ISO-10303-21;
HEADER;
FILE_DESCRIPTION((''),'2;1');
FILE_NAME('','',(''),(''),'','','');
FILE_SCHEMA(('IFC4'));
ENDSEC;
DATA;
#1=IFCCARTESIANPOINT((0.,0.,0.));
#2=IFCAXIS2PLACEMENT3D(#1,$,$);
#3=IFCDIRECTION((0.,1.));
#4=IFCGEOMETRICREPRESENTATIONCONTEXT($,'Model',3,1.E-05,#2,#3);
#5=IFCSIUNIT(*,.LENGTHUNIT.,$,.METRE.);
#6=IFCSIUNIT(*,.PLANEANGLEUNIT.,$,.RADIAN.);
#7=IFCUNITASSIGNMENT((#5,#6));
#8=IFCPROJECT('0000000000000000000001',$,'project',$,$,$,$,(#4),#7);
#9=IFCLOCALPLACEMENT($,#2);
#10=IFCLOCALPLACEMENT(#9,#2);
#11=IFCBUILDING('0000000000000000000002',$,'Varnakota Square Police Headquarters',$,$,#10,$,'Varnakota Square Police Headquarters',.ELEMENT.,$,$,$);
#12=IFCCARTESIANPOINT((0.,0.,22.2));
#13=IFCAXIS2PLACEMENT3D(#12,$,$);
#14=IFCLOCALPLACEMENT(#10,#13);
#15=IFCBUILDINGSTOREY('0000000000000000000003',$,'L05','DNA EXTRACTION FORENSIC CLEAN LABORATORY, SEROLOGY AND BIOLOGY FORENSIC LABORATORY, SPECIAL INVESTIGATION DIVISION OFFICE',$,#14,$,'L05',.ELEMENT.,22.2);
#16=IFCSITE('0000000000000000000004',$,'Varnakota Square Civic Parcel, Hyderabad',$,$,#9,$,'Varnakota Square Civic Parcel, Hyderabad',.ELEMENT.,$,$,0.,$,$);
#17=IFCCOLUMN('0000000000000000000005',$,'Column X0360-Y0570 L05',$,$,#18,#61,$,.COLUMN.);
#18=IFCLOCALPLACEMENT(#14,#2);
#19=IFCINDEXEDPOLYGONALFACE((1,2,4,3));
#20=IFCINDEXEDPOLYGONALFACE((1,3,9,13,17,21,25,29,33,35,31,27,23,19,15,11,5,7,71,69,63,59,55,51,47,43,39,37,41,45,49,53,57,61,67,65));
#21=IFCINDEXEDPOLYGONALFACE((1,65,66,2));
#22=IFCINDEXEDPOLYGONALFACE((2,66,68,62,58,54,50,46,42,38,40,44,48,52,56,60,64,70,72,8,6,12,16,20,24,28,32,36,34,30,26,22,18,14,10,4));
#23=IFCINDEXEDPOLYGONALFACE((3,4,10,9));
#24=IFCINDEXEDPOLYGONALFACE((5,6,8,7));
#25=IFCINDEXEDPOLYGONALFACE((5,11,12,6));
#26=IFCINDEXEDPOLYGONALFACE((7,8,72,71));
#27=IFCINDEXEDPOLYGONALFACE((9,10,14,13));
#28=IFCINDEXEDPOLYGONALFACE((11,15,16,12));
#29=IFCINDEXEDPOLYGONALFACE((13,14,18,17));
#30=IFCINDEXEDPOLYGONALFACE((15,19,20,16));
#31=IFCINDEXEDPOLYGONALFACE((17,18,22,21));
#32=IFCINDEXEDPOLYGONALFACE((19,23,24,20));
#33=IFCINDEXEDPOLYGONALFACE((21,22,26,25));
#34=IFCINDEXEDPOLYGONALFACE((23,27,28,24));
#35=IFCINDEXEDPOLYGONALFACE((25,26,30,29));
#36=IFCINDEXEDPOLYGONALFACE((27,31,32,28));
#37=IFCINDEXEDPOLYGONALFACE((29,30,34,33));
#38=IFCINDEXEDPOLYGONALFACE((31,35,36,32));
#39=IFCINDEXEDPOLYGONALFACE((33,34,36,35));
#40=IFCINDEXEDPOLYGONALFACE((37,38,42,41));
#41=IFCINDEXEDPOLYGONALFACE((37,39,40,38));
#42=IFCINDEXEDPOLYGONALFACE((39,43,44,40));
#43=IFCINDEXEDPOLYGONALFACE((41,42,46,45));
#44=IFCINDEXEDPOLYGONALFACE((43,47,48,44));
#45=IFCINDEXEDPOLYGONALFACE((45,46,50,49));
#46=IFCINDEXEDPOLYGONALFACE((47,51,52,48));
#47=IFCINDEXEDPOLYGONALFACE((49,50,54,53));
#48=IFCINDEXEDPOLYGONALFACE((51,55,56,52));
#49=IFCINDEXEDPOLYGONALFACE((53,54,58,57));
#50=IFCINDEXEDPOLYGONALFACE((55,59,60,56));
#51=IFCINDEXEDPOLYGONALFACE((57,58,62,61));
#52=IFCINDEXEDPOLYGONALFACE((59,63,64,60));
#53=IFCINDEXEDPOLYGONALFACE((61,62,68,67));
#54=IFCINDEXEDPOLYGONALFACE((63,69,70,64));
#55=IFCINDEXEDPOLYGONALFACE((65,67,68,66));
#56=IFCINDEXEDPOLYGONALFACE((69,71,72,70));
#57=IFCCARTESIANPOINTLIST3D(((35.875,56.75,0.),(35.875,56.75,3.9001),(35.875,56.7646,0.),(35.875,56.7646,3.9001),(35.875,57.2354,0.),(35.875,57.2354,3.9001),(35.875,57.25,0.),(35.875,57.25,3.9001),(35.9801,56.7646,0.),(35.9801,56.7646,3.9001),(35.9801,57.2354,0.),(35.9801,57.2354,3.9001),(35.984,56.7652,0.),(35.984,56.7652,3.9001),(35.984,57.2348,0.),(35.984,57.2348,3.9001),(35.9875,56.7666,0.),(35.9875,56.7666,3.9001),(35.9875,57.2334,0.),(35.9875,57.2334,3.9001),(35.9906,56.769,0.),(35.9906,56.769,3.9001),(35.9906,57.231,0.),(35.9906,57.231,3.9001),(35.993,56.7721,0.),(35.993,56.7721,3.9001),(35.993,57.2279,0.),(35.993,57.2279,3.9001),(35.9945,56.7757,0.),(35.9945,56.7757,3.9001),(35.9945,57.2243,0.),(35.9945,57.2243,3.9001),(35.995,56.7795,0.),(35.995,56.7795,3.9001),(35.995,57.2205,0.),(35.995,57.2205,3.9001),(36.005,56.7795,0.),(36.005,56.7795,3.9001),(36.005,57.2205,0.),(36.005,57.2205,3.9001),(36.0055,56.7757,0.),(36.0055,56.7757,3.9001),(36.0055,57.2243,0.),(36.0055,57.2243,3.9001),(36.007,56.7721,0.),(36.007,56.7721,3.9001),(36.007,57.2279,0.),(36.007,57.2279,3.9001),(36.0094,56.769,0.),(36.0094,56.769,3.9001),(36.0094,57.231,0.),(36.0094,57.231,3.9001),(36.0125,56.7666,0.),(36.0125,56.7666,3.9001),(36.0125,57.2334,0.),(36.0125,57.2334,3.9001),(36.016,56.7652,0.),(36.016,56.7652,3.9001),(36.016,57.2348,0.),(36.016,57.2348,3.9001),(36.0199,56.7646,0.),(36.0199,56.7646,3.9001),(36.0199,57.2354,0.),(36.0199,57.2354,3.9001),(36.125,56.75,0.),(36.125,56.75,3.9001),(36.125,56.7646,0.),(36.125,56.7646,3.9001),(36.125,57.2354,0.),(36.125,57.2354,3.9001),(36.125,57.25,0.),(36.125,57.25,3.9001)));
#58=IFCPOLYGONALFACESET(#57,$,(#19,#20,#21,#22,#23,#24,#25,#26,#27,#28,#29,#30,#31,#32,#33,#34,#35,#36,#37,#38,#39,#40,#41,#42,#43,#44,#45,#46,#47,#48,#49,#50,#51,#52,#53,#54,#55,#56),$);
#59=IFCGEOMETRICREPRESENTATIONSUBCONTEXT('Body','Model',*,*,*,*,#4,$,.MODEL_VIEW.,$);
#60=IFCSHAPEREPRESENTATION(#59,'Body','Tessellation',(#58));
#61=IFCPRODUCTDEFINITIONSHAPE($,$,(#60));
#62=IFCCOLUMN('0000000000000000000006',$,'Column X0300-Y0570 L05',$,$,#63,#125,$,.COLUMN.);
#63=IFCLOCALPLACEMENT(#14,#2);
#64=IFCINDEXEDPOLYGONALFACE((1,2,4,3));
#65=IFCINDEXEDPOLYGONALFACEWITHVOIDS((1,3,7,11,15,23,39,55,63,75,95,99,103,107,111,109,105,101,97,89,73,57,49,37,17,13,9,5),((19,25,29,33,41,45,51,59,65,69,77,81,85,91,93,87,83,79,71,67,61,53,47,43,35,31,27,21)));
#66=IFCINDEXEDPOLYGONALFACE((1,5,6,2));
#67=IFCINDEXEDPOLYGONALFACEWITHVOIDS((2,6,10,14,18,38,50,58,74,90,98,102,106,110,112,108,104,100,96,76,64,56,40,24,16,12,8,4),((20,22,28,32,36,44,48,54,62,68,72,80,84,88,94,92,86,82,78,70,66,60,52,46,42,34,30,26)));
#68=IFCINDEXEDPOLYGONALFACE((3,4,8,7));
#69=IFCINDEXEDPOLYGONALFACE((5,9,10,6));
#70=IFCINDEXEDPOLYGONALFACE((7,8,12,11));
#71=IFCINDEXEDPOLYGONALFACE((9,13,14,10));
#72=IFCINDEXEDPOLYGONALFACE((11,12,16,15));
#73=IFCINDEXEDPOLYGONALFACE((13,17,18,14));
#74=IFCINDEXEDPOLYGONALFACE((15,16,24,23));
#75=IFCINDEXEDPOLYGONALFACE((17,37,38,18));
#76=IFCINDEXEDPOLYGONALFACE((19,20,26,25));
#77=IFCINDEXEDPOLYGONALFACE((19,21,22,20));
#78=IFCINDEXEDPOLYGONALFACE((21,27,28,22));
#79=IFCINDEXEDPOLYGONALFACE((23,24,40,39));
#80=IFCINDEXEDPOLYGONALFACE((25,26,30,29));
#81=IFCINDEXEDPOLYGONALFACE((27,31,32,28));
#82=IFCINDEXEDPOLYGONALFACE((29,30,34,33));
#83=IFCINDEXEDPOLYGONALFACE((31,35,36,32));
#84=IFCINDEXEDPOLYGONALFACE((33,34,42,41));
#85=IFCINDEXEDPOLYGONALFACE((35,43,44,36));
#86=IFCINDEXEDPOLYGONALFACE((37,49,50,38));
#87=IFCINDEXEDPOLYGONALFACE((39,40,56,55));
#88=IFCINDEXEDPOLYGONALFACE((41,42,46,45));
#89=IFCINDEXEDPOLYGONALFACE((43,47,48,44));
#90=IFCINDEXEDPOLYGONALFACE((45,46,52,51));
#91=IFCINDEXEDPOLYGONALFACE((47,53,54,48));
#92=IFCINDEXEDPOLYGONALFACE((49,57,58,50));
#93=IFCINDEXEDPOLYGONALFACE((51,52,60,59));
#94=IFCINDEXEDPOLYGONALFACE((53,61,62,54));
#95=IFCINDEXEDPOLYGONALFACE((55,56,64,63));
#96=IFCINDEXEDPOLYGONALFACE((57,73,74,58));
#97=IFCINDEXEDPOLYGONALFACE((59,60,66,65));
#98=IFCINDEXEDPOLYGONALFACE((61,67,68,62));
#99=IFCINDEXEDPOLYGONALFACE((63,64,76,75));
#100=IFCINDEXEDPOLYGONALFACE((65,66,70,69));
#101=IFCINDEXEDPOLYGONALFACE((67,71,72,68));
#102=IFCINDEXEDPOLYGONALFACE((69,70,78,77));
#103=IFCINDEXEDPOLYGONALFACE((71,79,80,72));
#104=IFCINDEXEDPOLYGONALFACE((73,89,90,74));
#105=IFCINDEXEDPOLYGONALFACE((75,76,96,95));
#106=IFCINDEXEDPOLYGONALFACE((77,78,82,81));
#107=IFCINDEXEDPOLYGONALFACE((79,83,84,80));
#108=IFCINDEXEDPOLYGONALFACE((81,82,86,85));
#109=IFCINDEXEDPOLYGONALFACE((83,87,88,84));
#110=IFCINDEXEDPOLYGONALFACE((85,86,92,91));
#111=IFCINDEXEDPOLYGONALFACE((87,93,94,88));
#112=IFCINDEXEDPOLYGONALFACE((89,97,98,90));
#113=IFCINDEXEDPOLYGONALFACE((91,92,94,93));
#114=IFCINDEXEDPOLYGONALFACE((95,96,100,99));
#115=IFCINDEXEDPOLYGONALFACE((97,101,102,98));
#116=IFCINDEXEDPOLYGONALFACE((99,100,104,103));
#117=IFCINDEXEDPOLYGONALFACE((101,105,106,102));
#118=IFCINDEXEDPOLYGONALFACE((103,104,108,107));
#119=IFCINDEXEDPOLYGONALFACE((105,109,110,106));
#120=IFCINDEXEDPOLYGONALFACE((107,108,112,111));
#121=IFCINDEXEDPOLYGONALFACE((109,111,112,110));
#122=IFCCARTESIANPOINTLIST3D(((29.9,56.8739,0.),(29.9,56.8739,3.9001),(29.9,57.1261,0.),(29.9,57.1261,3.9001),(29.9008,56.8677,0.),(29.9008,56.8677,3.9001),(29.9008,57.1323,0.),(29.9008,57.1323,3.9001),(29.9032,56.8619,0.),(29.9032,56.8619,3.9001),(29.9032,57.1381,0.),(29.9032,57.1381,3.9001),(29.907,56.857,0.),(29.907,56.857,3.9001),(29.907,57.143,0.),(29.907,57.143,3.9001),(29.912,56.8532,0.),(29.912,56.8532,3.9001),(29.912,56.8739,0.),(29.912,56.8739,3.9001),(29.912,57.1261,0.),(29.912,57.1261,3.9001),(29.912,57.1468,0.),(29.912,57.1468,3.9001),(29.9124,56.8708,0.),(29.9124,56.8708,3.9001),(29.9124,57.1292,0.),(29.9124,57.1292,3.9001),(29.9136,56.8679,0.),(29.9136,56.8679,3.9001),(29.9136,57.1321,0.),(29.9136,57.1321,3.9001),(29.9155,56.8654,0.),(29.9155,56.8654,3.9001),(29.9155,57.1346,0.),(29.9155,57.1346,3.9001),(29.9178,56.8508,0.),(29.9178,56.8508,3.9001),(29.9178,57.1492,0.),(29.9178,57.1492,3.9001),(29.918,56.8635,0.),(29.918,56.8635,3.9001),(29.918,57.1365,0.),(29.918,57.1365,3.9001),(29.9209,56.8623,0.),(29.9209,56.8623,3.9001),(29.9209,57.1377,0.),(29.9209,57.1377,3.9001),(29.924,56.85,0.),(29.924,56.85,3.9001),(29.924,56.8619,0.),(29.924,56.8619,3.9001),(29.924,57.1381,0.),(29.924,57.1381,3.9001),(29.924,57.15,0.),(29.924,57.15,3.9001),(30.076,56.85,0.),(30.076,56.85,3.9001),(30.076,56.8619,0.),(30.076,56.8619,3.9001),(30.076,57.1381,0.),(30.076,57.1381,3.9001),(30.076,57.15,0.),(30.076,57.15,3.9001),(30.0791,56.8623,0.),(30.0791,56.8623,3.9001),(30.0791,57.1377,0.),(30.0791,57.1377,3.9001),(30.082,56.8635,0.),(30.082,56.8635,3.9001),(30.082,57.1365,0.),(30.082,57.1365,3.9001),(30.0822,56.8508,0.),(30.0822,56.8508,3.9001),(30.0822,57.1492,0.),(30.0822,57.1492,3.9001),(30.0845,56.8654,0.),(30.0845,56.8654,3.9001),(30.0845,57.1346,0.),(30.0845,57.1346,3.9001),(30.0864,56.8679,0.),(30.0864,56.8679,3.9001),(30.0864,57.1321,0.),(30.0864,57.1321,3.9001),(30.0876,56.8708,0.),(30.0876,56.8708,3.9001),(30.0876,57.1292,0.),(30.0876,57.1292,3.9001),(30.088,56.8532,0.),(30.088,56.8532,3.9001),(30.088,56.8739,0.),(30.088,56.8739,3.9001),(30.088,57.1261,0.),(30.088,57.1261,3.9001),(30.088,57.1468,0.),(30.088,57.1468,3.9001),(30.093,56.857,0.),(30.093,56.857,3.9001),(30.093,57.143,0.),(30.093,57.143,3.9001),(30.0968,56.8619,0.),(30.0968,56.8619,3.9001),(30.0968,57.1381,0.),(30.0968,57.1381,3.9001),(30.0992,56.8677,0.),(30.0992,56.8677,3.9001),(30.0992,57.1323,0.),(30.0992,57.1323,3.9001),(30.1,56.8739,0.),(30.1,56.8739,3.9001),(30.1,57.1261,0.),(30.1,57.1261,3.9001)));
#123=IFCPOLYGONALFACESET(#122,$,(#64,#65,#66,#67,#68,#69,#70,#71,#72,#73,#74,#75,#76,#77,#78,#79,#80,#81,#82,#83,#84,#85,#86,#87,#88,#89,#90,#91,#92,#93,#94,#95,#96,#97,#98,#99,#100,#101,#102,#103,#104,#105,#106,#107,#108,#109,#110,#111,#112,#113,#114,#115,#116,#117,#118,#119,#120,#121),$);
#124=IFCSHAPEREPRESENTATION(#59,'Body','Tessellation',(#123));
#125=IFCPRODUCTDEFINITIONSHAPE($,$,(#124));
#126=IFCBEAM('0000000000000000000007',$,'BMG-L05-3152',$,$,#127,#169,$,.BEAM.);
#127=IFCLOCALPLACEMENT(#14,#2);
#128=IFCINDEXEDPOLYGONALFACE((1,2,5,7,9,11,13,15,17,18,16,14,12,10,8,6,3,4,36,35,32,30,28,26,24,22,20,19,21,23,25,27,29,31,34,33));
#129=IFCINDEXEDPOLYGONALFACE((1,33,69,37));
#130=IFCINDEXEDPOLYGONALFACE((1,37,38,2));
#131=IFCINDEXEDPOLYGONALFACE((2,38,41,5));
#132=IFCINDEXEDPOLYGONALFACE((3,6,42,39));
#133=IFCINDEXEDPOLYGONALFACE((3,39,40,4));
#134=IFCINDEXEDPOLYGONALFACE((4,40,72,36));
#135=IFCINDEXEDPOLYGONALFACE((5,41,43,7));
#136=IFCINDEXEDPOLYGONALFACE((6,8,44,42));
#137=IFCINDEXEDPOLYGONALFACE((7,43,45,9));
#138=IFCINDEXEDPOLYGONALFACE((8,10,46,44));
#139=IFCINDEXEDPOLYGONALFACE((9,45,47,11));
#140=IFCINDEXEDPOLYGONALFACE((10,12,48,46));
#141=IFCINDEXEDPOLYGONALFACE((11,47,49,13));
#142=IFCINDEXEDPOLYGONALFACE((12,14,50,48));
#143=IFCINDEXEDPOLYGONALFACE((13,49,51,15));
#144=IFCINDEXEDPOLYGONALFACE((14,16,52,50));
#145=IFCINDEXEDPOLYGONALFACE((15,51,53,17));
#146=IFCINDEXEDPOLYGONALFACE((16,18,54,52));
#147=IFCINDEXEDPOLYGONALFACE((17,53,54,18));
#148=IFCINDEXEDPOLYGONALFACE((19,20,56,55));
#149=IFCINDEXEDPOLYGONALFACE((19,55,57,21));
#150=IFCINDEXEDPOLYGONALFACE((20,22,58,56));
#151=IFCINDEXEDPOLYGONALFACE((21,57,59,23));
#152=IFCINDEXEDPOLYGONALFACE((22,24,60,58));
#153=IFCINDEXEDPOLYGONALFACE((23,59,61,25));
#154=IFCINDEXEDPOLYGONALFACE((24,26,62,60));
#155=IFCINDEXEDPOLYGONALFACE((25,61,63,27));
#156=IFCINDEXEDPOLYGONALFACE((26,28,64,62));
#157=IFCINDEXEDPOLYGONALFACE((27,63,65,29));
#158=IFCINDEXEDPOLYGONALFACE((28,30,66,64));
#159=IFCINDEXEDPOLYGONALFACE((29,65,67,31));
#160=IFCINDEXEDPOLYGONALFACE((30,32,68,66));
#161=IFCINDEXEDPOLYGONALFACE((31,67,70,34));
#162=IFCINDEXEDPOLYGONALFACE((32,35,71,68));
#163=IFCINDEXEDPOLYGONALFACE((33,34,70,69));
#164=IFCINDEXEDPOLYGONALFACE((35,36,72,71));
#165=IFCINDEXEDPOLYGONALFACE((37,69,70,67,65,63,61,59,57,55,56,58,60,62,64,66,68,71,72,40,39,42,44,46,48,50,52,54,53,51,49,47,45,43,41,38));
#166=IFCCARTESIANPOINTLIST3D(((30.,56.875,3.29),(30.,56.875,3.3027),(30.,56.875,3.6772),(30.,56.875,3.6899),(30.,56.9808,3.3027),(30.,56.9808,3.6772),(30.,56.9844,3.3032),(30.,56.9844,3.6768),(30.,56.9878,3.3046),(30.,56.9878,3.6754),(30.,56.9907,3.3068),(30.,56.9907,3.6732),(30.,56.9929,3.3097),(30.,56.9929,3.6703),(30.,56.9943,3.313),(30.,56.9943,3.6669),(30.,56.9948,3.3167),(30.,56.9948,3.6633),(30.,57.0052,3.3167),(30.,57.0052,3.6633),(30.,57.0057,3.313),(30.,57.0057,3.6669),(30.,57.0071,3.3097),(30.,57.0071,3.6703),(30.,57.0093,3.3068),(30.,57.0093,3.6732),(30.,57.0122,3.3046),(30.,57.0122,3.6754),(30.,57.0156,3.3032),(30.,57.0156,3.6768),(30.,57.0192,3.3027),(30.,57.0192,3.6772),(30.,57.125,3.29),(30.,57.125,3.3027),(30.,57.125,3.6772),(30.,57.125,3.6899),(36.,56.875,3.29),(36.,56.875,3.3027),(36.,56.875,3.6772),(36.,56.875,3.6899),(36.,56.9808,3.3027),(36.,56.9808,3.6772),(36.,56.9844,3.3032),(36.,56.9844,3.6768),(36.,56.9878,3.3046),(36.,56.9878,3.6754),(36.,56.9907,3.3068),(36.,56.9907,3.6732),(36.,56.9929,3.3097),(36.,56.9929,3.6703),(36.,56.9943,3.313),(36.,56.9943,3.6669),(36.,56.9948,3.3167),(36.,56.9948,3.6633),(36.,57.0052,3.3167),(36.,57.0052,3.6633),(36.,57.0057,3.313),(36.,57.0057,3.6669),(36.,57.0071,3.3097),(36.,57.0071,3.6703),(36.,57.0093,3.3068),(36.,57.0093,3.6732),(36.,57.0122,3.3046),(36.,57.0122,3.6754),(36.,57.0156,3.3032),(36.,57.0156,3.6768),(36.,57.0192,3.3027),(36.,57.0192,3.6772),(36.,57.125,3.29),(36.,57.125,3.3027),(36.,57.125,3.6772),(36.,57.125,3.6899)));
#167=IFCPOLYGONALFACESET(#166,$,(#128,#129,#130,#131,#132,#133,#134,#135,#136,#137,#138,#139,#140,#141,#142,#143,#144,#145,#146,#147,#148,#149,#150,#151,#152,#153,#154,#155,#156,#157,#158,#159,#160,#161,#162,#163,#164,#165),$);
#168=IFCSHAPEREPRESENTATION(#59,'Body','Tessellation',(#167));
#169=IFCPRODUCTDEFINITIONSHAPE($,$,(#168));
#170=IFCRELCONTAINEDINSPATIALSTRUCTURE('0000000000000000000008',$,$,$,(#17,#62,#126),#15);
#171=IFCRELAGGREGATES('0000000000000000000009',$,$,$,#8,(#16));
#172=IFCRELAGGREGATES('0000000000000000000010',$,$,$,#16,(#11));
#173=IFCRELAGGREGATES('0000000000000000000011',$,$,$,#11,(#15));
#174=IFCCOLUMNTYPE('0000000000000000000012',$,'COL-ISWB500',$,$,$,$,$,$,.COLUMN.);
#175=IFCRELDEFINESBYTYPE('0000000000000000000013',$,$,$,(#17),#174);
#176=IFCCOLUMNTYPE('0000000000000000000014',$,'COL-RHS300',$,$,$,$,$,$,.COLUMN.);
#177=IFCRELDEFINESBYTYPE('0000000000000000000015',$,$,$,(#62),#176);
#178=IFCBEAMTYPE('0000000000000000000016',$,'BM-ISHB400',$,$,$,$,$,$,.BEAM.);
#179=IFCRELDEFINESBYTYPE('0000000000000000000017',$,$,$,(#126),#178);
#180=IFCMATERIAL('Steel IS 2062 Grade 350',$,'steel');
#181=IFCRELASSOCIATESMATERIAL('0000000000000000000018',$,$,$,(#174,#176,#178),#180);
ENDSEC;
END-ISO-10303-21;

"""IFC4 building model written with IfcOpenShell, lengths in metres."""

from ifc_helpers import new_model, si_unit, direction, frame, origin, origin_2d, place, context, subcontext, project, spatial, hollow_rectangle, i_section, extrude, material, material_profile, profile_set, type_object, element, save


model = new_model("IFC4")

# Units and contexts
model_context = context("Model", 3, precision=1e-05, world=origin(), true_north=direction((0.0, 1.0)))
body_context = subcontext(model_context, "Body", "Model", "MODEL_VIEW")
ifc_project = project(units=[si_unit("LENGTHUNIT", "METRE"), si_unit("PLANEANGLEUNIT", "RADIAN")], contexts=[model_context])

# Site, building, storey
site_placement = place(None, origin())
site = spatial("IfcSite", under=ifc_project, at=site_placement, Name="Varnakota Square Civic Parcel, Hyderabad", LongName="Varnakota Square Civic Parcel, Hyderabad", CompositionType="ELEMENT", RefElevation=0.0)
building_placement = place(site_placement, origin())
building = spatial("IfcBuilding", under=site, at=building_placement, Name="Varnakota Square Police Headquarters", LongName="Varnakota Square Police Headquarters", CompositionType="ELEMENT")
storey_placement = place(building_placement, frame((0.0, 0.0, 22.2)))
storey = spatial("IfcBuildingStorey", under=building, at=storey_placement, Name="L05", Description="DNA EXTRACTION FORENSIC CLEAN LABORATORY, SEROLOGY AND BIOLOGY FORENSIC LABORATORY, SPECIAL INVESTIGATION DIVISION OFFICE", LongName="L05", CompositionType="ELEMENT", Elevation=22.2)

# Columns
ifc_material_1 = material(Name="Steel IS 2062 Grade 350", Category="steel")
ifc_material_profile_1 = material_profile(ifc_material_1, i_section(OverallWidth=0.25, OverallDepth=0.5, WebThickness=0.01, FlangeThickness=0.0146, FilletRadius=0.0149, at=origin_2d()), Name="ISWB 500")
ifc_profile_set_1 = profile_set([ifc_material_profile_1], Name="Steel IS 2062 Grade 350")
column_type_1 = type_object("IfcColumnType", Name="COL-ISWB500", PredefinedType="COLUMN", material=ifc_profile_set_1)
column_1_placement = place(storey_placement, frame((36.0, 57.0, 0.0), z_axis=(0.0, 0.0, 1.0), x_axis=(1.0, 0.0, 0.0)))
element("IfcColumn", 1, at=column_1_placement, inside=storey, type_object=column_type_1, Name="Column X0360-Y0570 L05", PredefinedType="COLUMN", context=body_context, shape_type="SweptSolid", body=[
    extrude(i_section(OverallWidth=0.25, OverallDepth=0.5, WebThickness=0.01, FlangeThickness=0.0146, FilletRadius=0.0149, at=origin_2d()), origin(), (0.0, 0.0, 1.0), 3.9001),
])
ifc_material_profile_2 = material_profile(ifc_material_1, hollow_rectangle(XDim=0.2, YDim=0.3, WallThickness=0.012, InnerFilletRadius=0.012, OuterFilletRadius=0.0239, at=origin_2d()), Name="RHS 300x200x12")
ifc_profile_set_2 = profile_set([ifc_material_profile_2], Name="Steel IS 2062 Grade 350")
column_type_2 = type_object("IfcColumnType", Name="COL-RHS300", PredefinedType="COLUMN", material=ifc_profile_set_2)
column_2_placement = place(storey_placement, frame((30.0, 57.0, 0.0), z_axis=(0.0, 0.0, 1.0), x_axis=(1.0, 0.0, 0.0)))
element("IfcColumn", 2, at=column_2_placement, inside=storey, type_object=column_type_2, Name="Column X0300-Y0570 L05", PredefinedType="COLUMN", context=body_context, shape_type="SweptSolid", body=[
    extrude(hollow_rectangle(XDim=0.2, YDim=0.3, WallThickness=0.012, InnerFilletRadius=0.012, OuterFilletRadius=0.0239, at=origin_2d()), origin(), (0.0, 0.0, 1.0), 3.9001),
])

# Beam
ifc_material_profile_3 = material_profile(ifc_material_1, i_section(OverallWidth=0.25, OverallDepth=0.3999, WebThickness=0.0105, FlangeThickness=0.0127, FilletRadius=0.0139, at=origin_2d()), Name="ISHB 400")
ifc_profile_set_3 = profile_set([ifc_material_profile_3], Name="Steel IS 2062 Grade 350")
beam_type_1 = type_object("IfcBeamType", Name="BM-ISHB400", PredefinedType="BEAM", material=ifc_profile_set_3)
beam_1_placement = place(storey_placement, frame((30.0, 57.0, 3.49), z_axis=(1.0, 0.0, 0.0), x_axis=(0.0, 1.0, 0.0)))
element("IfcBeam", 3, at=beam_1_placement, inside=storey, type_object=beam_type_1, Name="BMG-L05-3152", PredefinedType="BEAM", context=body_context, shape_type="SweptSolid", body=[
    extrude(i_section(OverallWidth=0.25, OverallDepth=0.3999, WebThickness=0.0105, FlangeThickness=0.0127, FilletRadius=0.0139, at=origin_2d()), origin(), (0.0, 0.0, 1.0), 6.0),
])

save(model, "model.ifc")
